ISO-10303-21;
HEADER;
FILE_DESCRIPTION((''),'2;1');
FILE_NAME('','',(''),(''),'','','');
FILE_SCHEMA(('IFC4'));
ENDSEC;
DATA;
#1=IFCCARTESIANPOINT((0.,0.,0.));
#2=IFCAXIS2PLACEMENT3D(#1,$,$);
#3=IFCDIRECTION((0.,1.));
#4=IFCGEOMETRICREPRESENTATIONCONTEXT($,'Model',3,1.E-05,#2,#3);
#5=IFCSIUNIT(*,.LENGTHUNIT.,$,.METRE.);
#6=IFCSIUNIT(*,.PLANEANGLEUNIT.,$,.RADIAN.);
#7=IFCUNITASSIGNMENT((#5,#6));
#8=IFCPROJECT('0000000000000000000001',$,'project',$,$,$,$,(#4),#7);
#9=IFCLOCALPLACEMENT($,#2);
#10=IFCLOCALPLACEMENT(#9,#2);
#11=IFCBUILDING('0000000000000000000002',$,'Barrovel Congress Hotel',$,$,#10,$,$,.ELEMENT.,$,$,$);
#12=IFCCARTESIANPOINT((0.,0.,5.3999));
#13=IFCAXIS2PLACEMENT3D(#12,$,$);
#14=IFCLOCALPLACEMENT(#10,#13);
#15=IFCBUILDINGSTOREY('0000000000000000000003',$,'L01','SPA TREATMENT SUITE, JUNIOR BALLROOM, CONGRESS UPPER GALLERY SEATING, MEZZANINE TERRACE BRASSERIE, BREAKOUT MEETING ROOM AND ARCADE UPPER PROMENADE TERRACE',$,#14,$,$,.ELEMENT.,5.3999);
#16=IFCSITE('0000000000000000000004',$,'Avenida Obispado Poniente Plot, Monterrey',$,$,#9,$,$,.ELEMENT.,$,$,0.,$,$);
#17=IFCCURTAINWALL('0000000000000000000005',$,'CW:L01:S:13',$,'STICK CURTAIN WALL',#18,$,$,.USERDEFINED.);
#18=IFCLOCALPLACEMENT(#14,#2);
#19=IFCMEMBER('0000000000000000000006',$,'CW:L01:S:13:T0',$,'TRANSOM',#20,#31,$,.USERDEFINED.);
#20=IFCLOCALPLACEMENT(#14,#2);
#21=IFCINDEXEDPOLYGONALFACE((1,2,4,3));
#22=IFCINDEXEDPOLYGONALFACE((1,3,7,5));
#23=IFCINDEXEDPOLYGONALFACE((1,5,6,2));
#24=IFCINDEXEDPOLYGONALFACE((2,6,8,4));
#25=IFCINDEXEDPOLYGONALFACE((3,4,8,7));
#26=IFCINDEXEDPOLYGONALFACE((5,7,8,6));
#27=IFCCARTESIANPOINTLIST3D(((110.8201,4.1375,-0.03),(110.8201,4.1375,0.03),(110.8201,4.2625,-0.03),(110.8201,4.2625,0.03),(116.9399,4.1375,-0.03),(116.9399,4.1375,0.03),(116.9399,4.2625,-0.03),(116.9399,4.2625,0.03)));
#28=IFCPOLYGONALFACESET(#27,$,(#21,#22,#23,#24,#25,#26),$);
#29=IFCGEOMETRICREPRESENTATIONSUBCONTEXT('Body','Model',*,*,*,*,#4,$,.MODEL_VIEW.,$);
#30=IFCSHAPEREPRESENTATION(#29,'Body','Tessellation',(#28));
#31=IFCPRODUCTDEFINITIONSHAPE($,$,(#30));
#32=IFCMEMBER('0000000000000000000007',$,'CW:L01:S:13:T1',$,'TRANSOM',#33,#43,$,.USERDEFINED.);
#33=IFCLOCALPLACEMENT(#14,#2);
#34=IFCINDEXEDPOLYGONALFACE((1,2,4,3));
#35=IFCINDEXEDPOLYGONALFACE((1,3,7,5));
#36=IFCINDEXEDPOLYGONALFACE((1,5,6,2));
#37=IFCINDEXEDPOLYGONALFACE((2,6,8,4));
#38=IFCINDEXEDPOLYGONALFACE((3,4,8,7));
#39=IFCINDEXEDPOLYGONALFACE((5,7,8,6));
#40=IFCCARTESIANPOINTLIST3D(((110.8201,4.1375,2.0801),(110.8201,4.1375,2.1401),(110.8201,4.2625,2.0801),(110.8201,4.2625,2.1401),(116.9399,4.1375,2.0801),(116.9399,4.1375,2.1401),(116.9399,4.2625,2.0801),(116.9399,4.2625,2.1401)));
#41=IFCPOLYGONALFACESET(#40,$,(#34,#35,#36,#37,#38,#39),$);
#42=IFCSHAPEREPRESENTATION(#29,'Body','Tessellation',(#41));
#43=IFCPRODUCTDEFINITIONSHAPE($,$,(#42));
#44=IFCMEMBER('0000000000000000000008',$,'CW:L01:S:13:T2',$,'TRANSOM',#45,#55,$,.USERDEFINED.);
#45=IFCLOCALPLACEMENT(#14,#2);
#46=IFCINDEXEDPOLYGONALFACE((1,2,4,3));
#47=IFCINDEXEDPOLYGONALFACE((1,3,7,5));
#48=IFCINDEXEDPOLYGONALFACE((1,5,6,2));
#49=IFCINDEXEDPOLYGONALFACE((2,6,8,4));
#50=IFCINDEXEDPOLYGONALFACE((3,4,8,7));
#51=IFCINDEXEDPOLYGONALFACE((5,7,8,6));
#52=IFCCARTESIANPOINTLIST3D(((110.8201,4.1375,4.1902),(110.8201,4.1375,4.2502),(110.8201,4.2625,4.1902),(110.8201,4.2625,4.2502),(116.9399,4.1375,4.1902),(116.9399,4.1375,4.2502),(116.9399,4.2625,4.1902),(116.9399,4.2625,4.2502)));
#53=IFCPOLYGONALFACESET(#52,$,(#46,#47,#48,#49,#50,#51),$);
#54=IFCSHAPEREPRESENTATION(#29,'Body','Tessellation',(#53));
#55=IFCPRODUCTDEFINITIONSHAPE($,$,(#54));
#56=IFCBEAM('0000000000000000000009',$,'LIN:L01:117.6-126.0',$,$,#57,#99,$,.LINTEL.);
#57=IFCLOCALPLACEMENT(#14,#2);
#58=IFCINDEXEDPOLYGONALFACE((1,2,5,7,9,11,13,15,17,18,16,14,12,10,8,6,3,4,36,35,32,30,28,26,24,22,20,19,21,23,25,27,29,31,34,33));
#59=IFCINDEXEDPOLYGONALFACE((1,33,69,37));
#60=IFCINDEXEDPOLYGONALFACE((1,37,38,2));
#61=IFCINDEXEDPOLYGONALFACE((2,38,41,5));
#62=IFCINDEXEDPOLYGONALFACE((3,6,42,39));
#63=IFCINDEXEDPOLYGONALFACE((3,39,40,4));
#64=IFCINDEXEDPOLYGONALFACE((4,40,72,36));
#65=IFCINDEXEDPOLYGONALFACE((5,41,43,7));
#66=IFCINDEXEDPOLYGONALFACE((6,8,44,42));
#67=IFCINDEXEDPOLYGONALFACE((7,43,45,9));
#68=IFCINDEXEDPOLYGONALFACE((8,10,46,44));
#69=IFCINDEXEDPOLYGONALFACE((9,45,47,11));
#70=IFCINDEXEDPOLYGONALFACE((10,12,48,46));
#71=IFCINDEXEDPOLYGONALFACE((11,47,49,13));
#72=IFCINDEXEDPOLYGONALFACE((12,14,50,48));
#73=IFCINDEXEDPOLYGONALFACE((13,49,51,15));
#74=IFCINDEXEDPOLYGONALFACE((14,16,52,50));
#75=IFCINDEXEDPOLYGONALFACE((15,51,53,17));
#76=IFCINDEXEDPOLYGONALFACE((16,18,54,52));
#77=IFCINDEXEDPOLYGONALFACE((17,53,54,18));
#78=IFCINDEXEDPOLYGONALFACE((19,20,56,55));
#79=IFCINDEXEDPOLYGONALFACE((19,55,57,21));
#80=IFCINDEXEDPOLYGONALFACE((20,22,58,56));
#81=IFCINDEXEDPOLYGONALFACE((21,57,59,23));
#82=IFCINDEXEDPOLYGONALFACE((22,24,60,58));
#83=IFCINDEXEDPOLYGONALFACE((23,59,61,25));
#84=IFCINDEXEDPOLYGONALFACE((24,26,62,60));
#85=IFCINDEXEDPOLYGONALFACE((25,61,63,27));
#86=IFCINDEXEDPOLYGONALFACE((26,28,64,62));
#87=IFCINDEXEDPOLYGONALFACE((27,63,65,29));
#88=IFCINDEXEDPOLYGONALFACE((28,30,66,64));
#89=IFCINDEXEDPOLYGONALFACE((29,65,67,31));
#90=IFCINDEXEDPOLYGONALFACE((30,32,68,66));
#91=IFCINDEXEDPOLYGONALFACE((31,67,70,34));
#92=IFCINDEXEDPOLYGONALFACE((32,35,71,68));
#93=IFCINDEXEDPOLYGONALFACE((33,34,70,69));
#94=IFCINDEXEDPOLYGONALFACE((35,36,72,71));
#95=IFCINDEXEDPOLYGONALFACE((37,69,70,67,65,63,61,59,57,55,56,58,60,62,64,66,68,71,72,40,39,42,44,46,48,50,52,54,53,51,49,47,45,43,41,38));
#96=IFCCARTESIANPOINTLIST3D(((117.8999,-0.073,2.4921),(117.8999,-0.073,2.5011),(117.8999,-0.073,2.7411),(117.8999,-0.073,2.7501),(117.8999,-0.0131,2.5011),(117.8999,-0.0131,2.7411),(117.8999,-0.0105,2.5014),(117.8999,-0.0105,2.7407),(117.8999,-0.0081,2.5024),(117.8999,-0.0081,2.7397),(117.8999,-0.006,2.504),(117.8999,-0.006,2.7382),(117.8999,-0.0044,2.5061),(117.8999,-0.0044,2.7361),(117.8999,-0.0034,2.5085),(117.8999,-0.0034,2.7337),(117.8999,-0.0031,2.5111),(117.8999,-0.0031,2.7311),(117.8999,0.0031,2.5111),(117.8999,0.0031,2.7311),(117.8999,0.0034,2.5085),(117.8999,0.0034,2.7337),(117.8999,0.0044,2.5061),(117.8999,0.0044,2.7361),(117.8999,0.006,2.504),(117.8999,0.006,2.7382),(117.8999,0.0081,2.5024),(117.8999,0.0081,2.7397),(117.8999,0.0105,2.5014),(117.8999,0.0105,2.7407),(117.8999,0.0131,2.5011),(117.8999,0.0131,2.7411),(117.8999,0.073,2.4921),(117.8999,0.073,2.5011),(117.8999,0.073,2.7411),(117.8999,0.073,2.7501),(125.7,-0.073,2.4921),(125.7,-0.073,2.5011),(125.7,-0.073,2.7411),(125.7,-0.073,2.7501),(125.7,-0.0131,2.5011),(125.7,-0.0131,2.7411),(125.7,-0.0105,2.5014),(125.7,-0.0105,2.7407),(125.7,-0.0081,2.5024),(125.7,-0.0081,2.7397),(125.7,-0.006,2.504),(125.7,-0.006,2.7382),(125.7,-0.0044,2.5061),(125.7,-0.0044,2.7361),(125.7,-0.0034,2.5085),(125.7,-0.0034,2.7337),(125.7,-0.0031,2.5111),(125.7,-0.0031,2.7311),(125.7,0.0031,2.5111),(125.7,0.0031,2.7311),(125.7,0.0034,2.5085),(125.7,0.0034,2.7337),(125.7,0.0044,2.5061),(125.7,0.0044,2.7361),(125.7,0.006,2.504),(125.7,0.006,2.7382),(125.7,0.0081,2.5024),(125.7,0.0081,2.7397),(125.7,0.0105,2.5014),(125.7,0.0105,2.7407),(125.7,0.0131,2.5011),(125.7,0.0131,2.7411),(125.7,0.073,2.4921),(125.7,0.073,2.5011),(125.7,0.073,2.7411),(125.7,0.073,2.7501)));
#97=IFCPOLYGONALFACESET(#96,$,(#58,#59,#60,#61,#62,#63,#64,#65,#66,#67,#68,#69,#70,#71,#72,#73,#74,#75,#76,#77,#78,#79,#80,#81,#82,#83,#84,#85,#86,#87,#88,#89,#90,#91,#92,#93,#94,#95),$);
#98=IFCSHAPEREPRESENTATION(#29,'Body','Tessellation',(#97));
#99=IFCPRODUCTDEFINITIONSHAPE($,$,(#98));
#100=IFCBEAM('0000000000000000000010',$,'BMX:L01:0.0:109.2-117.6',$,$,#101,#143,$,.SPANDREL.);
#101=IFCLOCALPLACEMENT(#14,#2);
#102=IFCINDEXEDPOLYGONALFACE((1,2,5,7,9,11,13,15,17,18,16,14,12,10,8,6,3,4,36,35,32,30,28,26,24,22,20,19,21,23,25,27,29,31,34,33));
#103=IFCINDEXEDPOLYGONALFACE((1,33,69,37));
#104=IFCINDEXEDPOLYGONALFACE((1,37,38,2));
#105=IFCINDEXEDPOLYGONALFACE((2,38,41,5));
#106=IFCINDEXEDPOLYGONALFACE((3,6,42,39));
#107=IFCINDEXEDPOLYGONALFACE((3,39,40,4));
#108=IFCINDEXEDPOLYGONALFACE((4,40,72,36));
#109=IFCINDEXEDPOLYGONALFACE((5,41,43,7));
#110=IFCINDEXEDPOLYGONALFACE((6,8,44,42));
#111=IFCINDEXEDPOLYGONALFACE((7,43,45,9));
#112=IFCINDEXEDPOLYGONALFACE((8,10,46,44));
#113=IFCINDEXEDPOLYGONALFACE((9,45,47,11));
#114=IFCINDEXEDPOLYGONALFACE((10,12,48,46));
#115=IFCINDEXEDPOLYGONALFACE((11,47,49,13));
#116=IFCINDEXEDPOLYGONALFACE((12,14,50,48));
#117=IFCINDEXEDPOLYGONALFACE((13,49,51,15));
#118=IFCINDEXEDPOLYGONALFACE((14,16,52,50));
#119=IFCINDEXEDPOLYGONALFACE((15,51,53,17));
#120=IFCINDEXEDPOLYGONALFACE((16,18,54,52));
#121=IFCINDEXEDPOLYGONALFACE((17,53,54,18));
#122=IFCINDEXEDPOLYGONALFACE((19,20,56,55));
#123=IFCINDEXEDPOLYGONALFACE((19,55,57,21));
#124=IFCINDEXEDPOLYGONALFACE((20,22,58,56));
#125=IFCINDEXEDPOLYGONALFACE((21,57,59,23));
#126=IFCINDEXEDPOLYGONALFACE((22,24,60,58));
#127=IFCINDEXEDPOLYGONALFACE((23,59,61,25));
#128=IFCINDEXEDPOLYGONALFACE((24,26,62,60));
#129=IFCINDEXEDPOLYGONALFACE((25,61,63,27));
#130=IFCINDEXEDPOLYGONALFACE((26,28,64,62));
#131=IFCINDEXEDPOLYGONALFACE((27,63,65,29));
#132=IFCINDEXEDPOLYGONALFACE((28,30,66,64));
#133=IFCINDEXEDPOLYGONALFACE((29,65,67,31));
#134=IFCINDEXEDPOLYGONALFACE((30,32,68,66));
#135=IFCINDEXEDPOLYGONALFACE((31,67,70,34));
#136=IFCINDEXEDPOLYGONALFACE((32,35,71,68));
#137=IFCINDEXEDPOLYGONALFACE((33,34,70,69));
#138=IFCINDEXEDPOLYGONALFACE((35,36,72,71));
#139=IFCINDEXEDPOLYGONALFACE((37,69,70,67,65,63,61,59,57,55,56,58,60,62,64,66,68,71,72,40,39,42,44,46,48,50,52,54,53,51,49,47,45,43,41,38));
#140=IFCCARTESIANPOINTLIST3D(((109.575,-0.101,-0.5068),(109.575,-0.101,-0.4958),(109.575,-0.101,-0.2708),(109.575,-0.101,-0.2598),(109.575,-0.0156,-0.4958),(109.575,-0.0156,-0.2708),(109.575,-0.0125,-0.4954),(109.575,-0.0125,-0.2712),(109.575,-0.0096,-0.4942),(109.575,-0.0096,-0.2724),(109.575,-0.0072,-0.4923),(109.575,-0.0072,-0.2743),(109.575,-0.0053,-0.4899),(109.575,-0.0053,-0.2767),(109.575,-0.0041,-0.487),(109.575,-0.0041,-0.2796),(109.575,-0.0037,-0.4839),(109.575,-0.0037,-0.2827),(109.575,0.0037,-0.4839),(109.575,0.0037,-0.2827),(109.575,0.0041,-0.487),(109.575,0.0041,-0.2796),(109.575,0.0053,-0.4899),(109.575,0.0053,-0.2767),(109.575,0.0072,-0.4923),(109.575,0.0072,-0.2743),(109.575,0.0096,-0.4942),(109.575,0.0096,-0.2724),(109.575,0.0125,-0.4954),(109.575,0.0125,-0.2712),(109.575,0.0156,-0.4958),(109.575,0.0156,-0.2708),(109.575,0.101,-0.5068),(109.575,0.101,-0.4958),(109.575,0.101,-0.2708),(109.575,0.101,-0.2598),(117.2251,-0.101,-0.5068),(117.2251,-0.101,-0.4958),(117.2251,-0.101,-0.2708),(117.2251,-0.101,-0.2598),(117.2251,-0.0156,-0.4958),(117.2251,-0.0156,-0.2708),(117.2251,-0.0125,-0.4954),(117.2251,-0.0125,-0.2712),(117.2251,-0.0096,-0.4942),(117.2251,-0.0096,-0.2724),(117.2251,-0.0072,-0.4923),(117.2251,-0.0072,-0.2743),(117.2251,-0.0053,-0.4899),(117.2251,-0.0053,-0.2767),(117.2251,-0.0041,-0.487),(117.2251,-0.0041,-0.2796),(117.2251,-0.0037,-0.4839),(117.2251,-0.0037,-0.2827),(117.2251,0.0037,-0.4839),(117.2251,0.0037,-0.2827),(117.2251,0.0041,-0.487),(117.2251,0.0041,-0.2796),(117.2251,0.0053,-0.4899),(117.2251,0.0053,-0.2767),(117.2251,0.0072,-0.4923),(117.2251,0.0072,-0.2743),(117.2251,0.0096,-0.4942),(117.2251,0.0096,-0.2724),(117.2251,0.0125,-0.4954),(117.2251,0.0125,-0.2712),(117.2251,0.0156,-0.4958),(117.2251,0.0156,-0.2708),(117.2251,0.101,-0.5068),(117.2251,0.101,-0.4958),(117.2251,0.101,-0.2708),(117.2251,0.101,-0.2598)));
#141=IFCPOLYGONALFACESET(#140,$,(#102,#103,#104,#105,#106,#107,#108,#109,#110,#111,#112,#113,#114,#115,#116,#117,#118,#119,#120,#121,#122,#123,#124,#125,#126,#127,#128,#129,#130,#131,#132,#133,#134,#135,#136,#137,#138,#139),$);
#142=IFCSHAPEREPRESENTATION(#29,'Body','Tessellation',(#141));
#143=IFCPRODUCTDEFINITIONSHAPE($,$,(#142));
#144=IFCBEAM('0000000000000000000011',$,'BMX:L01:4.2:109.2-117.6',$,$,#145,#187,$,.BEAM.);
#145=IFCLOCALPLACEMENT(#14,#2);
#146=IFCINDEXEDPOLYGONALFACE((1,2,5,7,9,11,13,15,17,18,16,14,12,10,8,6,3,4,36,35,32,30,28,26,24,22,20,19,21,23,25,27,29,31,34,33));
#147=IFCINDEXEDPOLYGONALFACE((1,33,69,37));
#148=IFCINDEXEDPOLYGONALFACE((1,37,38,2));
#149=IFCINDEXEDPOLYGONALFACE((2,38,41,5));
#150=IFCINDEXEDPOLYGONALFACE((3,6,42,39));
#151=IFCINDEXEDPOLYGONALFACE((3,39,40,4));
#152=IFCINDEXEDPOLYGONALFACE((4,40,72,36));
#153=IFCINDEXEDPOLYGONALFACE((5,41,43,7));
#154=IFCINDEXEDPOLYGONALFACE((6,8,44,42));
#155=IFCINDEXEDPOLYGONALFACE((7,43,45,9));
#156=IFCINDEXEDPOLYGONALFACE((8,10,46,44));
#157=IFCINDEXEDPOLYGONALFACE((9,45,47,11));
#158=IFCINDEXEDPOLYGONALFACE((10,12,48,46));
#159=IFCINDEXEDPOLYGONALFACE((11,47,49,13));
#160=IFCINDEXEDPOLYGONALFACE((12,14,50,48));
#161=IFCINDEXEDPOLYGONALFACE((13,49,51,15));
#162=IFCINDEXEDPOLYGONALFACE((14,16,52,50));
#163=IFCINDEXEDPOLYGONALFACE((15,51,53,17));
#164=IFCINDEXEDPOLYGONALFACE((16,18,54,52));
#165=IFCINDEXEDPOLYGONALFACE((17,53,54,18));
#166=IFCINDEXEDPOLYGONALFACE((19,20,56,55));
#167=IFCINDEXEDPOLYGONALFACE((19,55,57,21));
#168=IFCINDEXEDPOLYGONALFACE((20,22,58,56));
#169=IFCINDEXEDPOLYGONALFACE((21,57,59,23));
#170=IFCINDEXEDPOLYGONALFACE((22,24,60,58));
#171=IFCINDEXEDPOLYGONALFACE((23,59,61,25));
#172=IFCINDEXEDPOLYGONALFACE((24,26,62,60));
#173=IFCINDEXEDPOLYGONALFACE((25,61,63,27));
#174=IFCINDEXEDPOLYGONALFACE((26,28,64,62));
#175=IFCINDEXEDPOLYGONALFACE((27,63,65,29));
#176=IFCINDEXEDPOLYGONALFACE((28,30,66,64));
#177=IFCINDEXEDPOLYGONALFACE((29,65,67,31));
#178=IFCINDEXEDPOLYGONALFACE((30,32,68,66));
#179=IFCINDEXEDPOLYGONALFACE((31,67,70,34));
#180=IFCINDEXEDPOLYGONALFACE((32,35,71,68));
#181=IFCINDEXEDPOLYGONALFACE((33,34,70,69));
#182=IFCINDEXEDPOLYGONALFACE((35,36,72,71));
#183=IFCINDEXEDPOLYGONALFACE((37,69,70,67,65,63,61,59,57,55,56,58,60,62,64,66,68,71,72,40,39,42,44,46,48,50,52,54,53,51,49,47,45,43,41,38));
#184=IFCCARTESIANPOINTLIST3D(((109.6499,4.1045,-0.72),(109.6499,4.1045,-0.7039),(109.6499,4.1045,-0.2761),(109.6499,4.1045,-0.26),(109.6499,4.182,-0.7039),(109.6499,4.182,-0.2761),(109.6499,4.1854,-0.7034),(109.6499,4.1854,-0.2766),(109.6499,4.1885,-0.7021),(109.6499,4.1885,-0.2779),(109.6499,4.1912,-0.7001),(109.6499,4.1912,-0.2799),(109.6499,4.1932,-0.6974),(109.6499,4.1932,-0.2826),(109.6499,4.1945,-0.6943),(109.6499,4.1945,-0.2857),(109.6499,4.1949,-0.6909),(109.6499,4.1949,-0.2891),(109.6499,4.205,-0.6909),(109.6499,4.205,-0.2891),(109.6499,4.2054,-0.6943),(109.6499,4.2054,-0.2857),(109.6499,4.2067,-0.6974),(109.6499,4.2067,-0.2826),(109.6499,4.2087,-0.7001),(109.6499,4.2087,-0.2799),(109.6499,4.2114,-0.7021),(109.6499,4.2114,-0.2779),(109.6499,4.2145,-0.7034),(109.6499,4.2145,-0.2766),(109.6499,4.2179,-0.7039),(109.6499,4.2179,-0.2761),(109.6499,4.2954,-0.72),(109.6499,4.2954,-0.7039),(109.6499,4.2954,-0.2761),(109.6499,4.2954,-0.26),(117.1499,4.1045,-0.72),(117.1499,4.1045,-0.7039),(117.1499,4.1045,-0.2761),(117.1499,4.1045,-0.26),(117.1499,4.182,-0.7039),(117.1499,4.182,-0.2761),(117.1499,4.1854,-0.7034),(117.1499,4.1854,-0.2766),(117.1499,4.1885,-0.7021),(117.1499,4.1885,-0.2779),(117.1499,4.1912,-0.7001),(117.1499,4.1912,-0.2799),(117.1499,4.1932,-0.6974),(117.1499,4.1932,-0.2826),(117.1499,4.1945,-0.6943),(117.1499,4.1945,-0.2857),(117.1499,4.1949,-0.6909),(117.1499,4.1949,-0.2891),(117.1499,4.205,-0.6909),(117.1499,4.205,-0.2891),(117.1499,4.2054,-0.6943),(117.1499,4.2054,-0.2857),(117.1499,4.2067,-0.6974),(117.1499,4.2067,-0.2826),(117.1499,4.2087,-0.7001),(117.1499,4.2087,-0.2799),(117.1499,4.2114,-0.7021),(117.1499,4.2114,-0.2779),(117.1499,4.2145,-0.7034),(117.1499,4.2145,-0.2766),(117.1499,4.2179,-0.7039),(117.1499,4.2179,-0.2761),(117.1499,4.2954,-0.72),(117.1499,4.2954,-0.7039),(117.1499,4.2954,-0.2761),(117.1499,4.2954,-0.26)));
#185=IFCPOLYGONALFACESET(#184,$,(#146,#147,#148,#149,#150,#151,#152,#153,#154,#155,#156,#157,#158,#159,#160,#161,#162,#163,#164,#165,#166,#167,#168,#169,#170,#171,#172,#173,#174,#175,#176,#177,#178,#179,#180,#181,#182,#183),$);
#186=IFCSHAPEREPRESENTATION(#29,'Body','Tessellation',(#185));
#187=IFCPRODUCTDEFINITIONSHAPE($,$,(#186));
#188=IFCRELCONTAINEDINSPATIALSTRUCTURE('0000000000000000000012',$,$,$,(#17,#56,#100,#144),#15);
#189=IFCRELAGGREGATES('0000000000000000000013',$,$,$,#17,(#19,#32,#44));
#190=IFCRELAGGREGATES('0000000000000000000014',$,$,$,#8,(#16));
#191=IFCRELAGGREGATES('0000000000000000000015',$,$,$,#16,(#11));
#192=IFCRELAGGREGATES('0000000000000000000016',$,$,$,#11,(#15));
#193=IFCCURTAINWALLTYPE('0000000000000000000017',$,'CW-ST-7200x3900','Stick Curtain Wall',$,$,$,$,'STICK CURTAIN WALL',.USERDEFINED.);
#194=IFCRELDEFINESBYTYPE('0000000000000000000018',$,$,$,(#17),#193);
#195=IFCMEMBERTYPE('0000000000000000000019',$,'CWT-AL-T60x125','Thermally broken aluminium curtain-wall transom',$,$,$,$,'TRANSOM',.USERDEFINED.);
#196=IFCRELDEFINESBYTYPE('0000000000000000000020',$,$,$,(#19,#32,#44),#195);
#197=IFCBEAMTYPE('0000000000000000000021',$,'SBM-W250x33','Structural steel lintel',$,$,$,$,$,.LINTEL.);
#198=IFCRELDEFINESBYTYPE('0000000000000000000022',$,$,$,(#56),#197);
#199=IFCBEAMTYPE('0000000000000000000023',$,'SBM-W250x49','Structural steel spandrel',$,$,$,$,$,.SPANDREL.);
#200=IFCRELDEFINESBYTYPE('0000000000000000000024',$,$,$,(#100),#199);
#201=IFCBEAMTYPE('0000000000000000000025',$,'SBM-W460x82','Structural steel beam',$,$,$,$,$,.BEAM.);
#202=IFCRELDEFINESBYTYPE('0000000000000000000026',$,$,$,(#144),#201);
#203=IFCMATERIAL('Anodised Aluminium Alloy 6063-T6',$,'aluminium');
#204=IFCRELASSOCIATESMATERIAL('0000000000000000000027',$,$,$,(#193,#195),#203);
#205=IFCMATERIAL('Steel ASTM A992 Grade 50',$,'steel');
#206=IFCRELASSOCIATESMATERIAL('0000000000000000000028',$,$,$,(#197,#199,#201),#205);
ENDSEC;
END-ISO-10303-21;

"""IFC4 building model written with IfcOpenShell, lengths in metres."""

from ifc_helpers import new_model, si_unit, direction, frame, origin, origin_2d, place, context, subcontext, project, spatial, rectangle, i_section, extrude, material, material_profile, profile_set, type_object, element, aggregate, save


model = new_model("IFC4")

# Units and contexts
model_context = context("Model", 3, precision=1e-05, world=origin(), true_north=direction((0.0, 1.0)))
body_context = subcontext(model_context, "Body", "Model", "MODEL_VIEW")
ifc_project = project(units=[si_unit("LENGTHUNIT", "METRE"), si_unit("PLANEANGLEUNIT", "RADIAN")], contexts=[model_context])

# Site, building, storey
site_placement = place(None, origin())
site = spatial("IfcSite", under=ifc_project, at=site_placement, Name="Avenida Obispado Poniente Plot, Monterrey", CompositionType="ELEMENT", RefElevation=0.0)
building_placement = place(site_placement, origin())
building = spatial("IfcBuilding", under=site, at=building_placement, Name="Barrovel Congress Hotel", CompositionType="ELEMENT")
storey_placement = place(building_placement, frame((0.0, 0.0, 5.3999)))
storey = spatial("IfcBuildingStorey", under=building, at=storey_placement, Name="L01", Description="SPA TREATMENT SUITE, JUNIOR BALLROOM, CONGRESS UPPER GALLERY SEATING, MEZZANINE TERRACE BRASSERIE, BREAKOUT MEETING ROOM AND ARCADE UPPER PROMENADE TERRACE", CompositionType="ELEMENT", Elevation=5.3999)

# Curtain wall, members
ifc_material_1 = material(Name="Anodised Aluminium Alloy 6063-T6", Category="aluminium")
curtain_wall_type = type_object("IfcCurtainWallType", Name="CW-ST-7200x3900", Description="Stick Curtain Wall", ElementType="STICK CURTAIN WALL", PredefinedType="USERDEFINED", material=ifc_material_1)
curtain_wall_placement = place(storey_placement, origin())
curtain_wall = element("IfcCurtainWall", 1, at=curtain_wall_placement, inside=storey, type_object=curtain_wall_type, Name="CW:L01:S:13", ObjectType="STICK CURTAIN WALL", PredefinedType="USERDEFINED")
ifc_material_profile_1 = material_profile(ifc_material_1, rectangle(XDim=0.125, YDim=0.0601, at=origin_2d()), Name="AL-T60x125")
ifc_profile_set_1 = profile_set([ifc_material_profile_1], Name="Anodised Aluminium Alloy 6063-T6")
member_type_1 = type_object("IfcMemberType", Name="CWT-AL-T60x125", Description="Thermally broken aluminium curtain-wall transom", ElementType="TRANSOM", PredefinedType="USERDEFINED", material=ifc_profile_set_1)
member_1_placement = place(storey_placement, frame((110.8201, 4.2, 0.0), z_axis=(1.0, 0.0, 0.0), x_axis=(0.0, 1.0, 0.0)))
member_1 = element("IfcMember", 2, at=member_1_placement, type_object=member_type_1, Name="CW:L01:S:13:T0", ObjectType="TRANSOM", PredefinedType="USERDEFINED", context=body_context, shape_type="SweptSolid", body=[
    extrude(rectangle(XDim=0.125, YDim=0.0601, at=origin_2d()), origin(), (0.0, 0.0, 1.0), 6.1199),
])
member_2_placement = place(storey_placement, frame((110.8201, 4.2, 2.1101), z_axis=(1.0, 0.0, 0.0), x_axis=(0.0, 1.0, 0.0)))
member_2 = element("IfcMember", 3, at=member_2_placement, type_object=member_type_1, Name="CW:L01:S:13:T1", ObjectType="TRANSOM", PredefinedType="USERDEFINED", context=body_context, shape_type="SweptSolid", body=[
    extrude(rectangle(XDim=0.125, YDim=0.0601, at=origin_2d()), origin(), (0.0, 0.0, 1.0), 6.1199),
])
member_3_placement = place(storey_placement, frame((110.8201, 4.2, 4.2202), z_axis=(1.0, 0.0, 0.0), x_axis=(0.0, 1.0, 0.0)))
member_3 = element("IfcMember", 4, at=member_3_placement, type_object=member_type_1, Name="CW:L01:S:13:T2", ObjectType="TRANSOM", PredefinedType="USERDEFINED", context=body_context, shape_type="SweptSolid", body=[
    extrude(rectangle(XDim=0.125, YDim=0.0601, at=origin_2d()), origin(), (0.0, 0.0, 1.0), 6.1199),
])

# Beams
ifc_material_2 = material(Name="Steel ASTM A992 Grade 50", Category="steel")
ifc_material_profile_2 = material_profile(ifc_material_2, i_section(OverallWidth=0.146, OverallDepth=0.2581, WebThickness=0.0061, FlangeThickness=0.009, FilletRadius=0.01, at=origin_2d()), Name="W250x33")
ifc_profile_set_2 = profile_set([ifc_material_profile_2], Name="Steel ASTM A992 Grade 50")
beam_type_1 = type_object("IfcBeamType", Name="SBM-W250x33", Description="Structural steel lintel", PredefinedType="LINTEL", material=ifc_profile_set_2)
beam_1_placement = place(storey_placement, frame((117.8999, 0.0, 2.6211), z_axis=(1.0, 0.0, 0.0), x_axis=(0.0, 1.0, 0.0)))
element("IfcBeam", 5, at=beam_1_placement, inside=storey, type_object=beam_type_1, Name="LIN:L01:117.6-126.0", PredefinedType="LINTEL", context=body_context, shape_type="SweptSolid", body=[
    extrude(i_section(OverallWidth=0.146, OverallDepth=0.2581, WebThickness=0.0061, FlangeThickness=0.009, FilletRadius=0.01, at=origin_2d()), origin(), (0.0, 0.0, 1.0), 7.8),
])
ifc_material_profile_3 = material_profile(ifc_material_2, i_section(OverallWidth=0.2019, OverallDepth=0.2471, WebThickness=0.0073, FlangeThickness=0.011, FilletRadius=0.012, at=origin_2d()), Name="W250x49")
ifc_profile_set_3 = profile_set([ifc_material_profile_3], Name="Steel ASTM A992 Grade 50")
beam_type_2 = type_object("IfcBeamType", Name="SBM-W250x49", Description="Structural steel spandrel", PredefinedType="SPANDREL", material=ifc_profile_set_3)
beam_2_placement = place(storey_placement, frame((109.575, 0.0, -0.3833), z_axis=(1.0, 0.0, 0.0), x_axis=(0.0, 1.0, 0.0)))
element("IfcBeam", 6, at=beam_2_placement, inside=storey, type_object=beam_type_2, Name="BMX:L01:0.0:109.2-117.6", PredefinedType="SPANDREL", context=body_context, shape_type="SweptSolid", body=[
    extrude(i_section(OverallWidth=0.2019, OverallDepth=0.2471, WebThickness=0.0073, FlangeThickness=0.011, FilletRadius=0.012, at=origin_2d()), origin(), (0.0, 0.0, 1.0), 7.6501),
])
ifc_material_profile_4 = material_profile(ifc_material_2, i_section(OverallWidth=0.1909, OverallDepth=0.46, WebThickness=0.01, FlangeThickness=0.0161, FilletRadius=0.0129, at=origin_2d()), Name="W460x82")
ifc_profile_set_4 = profile_set([ifc_material_profile_4], Name="Steel ASTM A992 Grade 50")
beam_type_3 = type_object("IfcBeamType", Name="SBM-W460x82", Description="Structural steel beam", PredefinedType="BEAM", material=ifc_profile_set_4)
beam_3_placement = place(storey_placement, frame((109.6499, 4.2, -0.49), z_axis=(1.0, 0.0, 0.0), x_axis=(0.0, 1.0, 0.0)))
element("IfcBeam", 7, at=beam_3_placement, inside=storey, type_object=beam_type_3, Name="BMX:L01:4.2:109.2-117.6", PredefinedType="BEAM", context=body_context, shape_type="SweptSolid", body=[
    extrude(i_section(OverallWidth=0.1909, OverallDepth=0.46, WebThickness=0.01, FlangeThickness=0.0161, FilletRadius=0.0129, at=origin_2d()), origin(), (0.0, 0.0, 1.0), 7.5),
])

aggregate(curtain_wall, [member_1, member_2, member_3])

save(model, "model.ifc")
